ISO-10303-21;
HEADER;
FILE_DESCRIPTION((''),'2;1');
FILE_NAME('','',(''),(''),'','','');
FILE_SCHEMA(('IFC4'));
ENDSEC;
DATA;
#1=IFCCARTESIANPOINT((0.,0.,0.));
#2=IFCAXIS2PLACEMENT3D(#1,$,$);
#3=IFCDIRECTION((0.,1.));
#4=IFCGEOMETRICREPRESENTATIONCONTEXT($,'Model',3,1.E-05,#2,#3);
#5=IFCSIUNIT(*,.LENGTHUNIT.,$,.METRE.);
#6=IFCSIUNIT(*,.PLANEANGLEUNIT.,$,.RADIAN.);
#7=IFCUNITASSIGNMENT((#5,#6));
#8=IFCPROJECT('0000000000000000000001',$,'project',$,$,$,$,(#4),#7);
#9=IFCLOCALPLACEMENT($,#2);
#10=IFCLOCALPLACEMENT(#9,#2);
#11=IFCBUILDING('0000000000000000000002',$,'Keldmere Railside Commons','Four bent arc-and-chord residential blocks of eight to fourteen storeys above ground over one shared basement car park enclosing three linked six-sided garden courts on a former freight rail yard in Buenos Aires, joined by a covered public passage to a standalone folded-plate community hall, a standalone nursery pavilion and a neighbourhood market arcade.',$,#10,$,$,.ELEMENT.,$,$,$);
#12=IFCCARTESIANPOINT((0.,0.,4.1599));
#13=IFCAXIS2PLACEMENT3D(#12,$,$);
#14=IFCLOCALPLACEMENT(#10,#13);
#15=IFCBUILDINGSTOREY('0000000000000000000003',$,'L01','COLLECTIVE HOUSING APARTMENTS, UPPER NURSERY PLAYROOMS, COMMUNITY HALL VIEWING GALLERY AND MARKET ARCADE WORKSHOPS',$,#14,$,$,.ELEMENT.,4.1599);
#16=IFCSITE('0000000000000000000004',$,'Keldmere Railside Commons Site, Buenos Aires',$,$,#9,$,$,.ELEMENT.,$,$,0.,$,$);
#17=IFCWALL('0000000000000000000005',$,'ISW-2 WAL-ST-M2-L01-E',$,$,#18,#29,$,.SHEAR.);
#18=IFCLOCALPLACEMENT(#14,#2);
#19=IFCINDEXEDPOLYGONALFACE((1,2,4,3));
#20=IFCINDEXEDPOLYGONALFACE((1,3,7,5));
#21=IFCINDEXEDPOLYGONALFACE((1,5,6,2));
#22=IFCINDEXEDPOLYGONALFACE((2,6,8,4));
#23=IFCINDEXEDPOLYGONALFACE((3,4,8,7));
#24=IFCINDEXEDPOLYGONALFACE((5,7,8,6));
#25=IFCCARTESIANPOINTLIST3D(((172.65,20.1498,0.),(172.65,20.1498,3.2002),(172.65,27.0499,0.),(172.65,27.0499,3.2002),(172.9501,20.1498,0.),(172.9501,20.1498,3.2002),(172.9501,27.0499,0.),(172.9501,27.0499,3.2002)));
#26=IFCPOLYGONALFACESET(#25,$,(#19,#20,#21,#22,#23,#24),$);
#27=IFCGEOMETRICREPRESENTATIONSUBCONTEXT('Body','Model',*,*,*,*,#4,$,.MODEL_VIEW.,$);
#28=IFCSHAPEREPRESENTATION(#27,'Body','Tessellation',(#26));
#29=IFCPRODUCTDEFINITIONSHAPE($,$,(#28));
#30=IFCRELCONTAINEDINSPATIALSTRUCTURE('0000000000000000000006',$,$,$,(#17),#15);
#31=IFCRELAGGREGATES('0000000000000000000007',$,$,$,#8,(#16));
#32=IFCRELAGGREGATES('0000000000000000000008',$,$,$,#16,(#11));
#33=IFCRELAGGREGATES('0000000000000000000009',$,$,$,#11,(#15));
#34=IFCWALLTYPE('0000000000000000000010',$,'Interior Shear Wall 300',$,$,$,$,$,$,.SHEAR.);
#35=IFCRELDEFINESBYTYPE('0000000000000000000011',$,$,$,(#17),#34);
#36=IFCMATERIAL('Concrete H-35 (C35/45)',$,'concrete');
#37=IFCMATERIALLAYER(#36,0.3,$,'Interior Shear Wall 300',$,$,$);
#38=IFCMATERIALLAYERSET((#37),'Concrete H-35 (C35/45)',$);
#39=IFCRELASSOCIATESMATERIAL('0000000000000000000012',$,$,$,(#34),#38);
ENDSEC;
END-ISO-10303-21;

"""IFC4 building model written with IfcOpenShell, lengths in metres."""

from ifc_helpers import new_model, si_unit, direction, frame, frame_2d, origin, place, context, subcontext, project, spatial, rectangle, extrude, material, layer, layer_set, type_object, element, save


model = new_model("IFC4")

# Units and contexts
model_context = context("Model", 3, precision=1e-05, world=origin(), true_north=direction((0.0, 1.0)))
body_context = subcontext(model_context, "Body", "Model", "MODEL_VIEW")
ifc_project = project(units=[si_unit("LENGTHUNIT", "METRE"), si_unit("PLANEANGLEUNIT", "RADIAN")], contexts=[model_context])

# Site, building, storey
site_placement = place(None, origin())
site = spatial("IfcSite", under=ifc_project, at=site_placement, Name="Keldmere Railside Commons Site, Buenos Aires", CompositionType="ELEMENT", RefElevation=0.0)
building_placement = place(site_placement, origin())
building = spatial("IfcBuilding", under=site, at=building_placement, Name="Keldmere Railside Commons", Description="Four bent arc-and-chord residential blocks of eight to fourteen storeys above ground over one shared basement car park enclosing three linked six-sided garden courts on a former freight rail yard in Buenos Aires, joined by a covered public passage to a standalone folded-plate community hall, a standalone nursery pavilion and a neighbourhood market arcade.", CompositionType="ELEMENT")
storey_placement = place(building_placement, frame((0.0, 0.0, 4.1599)))
storey = spatial("IfcBuildingStorey", under=building, at=storey_placement, Name="L01", Description="COLLECTIVE HOUSING APARTMENTS, UPPER NURSERY PLAYROOMS, COMMUNITY HALL VIEWING GALLERY AND MARKET ARCADE WORKSHOPS", CompositionType="ELEMENT", Elevation=4.1599)

# Shared definitions
ifc_material_1 = material(Name="Concrete H-35 (C35/45)", Category="concrete")

# Wall
ifc_layer_1 = layer(ifc_material_1, 0.3, Name="Interior Shear Wall 300")
ifc_layer_set_1 = layer_set([ifc_layer_1], Name="Concrete H-35 (C35/45)")
wall_type_1 = type_object("IfcWallType", Name="Interior Shear Wall 300", PredefinedType="SHEAR", material=ifc_layer_set_1)
wall_1_placement = place(storey_placement, frame((172.8, 27.05, 0.0), z_axis=(0.0, 0.0, 1.0), x_axis=(0.0, -1.0, 0.0)))
element("IfcWall", 1, at=wall_1_placement, inside=storey, type_object=wall_type_1, Name="ISW-2 WAL-ST-M2-L01-E", PredefinedType="SHEAR", context=body_context, shape_type="SweptSolid", body=[
    extrude(rectangle(XDim=6.9001, YDim=0.3, at=frame_2d((3.4502, 0.0))), origin(), (0.0, 0.0, 1.0), 3.2002),
])

save(model, "model.ifc")
